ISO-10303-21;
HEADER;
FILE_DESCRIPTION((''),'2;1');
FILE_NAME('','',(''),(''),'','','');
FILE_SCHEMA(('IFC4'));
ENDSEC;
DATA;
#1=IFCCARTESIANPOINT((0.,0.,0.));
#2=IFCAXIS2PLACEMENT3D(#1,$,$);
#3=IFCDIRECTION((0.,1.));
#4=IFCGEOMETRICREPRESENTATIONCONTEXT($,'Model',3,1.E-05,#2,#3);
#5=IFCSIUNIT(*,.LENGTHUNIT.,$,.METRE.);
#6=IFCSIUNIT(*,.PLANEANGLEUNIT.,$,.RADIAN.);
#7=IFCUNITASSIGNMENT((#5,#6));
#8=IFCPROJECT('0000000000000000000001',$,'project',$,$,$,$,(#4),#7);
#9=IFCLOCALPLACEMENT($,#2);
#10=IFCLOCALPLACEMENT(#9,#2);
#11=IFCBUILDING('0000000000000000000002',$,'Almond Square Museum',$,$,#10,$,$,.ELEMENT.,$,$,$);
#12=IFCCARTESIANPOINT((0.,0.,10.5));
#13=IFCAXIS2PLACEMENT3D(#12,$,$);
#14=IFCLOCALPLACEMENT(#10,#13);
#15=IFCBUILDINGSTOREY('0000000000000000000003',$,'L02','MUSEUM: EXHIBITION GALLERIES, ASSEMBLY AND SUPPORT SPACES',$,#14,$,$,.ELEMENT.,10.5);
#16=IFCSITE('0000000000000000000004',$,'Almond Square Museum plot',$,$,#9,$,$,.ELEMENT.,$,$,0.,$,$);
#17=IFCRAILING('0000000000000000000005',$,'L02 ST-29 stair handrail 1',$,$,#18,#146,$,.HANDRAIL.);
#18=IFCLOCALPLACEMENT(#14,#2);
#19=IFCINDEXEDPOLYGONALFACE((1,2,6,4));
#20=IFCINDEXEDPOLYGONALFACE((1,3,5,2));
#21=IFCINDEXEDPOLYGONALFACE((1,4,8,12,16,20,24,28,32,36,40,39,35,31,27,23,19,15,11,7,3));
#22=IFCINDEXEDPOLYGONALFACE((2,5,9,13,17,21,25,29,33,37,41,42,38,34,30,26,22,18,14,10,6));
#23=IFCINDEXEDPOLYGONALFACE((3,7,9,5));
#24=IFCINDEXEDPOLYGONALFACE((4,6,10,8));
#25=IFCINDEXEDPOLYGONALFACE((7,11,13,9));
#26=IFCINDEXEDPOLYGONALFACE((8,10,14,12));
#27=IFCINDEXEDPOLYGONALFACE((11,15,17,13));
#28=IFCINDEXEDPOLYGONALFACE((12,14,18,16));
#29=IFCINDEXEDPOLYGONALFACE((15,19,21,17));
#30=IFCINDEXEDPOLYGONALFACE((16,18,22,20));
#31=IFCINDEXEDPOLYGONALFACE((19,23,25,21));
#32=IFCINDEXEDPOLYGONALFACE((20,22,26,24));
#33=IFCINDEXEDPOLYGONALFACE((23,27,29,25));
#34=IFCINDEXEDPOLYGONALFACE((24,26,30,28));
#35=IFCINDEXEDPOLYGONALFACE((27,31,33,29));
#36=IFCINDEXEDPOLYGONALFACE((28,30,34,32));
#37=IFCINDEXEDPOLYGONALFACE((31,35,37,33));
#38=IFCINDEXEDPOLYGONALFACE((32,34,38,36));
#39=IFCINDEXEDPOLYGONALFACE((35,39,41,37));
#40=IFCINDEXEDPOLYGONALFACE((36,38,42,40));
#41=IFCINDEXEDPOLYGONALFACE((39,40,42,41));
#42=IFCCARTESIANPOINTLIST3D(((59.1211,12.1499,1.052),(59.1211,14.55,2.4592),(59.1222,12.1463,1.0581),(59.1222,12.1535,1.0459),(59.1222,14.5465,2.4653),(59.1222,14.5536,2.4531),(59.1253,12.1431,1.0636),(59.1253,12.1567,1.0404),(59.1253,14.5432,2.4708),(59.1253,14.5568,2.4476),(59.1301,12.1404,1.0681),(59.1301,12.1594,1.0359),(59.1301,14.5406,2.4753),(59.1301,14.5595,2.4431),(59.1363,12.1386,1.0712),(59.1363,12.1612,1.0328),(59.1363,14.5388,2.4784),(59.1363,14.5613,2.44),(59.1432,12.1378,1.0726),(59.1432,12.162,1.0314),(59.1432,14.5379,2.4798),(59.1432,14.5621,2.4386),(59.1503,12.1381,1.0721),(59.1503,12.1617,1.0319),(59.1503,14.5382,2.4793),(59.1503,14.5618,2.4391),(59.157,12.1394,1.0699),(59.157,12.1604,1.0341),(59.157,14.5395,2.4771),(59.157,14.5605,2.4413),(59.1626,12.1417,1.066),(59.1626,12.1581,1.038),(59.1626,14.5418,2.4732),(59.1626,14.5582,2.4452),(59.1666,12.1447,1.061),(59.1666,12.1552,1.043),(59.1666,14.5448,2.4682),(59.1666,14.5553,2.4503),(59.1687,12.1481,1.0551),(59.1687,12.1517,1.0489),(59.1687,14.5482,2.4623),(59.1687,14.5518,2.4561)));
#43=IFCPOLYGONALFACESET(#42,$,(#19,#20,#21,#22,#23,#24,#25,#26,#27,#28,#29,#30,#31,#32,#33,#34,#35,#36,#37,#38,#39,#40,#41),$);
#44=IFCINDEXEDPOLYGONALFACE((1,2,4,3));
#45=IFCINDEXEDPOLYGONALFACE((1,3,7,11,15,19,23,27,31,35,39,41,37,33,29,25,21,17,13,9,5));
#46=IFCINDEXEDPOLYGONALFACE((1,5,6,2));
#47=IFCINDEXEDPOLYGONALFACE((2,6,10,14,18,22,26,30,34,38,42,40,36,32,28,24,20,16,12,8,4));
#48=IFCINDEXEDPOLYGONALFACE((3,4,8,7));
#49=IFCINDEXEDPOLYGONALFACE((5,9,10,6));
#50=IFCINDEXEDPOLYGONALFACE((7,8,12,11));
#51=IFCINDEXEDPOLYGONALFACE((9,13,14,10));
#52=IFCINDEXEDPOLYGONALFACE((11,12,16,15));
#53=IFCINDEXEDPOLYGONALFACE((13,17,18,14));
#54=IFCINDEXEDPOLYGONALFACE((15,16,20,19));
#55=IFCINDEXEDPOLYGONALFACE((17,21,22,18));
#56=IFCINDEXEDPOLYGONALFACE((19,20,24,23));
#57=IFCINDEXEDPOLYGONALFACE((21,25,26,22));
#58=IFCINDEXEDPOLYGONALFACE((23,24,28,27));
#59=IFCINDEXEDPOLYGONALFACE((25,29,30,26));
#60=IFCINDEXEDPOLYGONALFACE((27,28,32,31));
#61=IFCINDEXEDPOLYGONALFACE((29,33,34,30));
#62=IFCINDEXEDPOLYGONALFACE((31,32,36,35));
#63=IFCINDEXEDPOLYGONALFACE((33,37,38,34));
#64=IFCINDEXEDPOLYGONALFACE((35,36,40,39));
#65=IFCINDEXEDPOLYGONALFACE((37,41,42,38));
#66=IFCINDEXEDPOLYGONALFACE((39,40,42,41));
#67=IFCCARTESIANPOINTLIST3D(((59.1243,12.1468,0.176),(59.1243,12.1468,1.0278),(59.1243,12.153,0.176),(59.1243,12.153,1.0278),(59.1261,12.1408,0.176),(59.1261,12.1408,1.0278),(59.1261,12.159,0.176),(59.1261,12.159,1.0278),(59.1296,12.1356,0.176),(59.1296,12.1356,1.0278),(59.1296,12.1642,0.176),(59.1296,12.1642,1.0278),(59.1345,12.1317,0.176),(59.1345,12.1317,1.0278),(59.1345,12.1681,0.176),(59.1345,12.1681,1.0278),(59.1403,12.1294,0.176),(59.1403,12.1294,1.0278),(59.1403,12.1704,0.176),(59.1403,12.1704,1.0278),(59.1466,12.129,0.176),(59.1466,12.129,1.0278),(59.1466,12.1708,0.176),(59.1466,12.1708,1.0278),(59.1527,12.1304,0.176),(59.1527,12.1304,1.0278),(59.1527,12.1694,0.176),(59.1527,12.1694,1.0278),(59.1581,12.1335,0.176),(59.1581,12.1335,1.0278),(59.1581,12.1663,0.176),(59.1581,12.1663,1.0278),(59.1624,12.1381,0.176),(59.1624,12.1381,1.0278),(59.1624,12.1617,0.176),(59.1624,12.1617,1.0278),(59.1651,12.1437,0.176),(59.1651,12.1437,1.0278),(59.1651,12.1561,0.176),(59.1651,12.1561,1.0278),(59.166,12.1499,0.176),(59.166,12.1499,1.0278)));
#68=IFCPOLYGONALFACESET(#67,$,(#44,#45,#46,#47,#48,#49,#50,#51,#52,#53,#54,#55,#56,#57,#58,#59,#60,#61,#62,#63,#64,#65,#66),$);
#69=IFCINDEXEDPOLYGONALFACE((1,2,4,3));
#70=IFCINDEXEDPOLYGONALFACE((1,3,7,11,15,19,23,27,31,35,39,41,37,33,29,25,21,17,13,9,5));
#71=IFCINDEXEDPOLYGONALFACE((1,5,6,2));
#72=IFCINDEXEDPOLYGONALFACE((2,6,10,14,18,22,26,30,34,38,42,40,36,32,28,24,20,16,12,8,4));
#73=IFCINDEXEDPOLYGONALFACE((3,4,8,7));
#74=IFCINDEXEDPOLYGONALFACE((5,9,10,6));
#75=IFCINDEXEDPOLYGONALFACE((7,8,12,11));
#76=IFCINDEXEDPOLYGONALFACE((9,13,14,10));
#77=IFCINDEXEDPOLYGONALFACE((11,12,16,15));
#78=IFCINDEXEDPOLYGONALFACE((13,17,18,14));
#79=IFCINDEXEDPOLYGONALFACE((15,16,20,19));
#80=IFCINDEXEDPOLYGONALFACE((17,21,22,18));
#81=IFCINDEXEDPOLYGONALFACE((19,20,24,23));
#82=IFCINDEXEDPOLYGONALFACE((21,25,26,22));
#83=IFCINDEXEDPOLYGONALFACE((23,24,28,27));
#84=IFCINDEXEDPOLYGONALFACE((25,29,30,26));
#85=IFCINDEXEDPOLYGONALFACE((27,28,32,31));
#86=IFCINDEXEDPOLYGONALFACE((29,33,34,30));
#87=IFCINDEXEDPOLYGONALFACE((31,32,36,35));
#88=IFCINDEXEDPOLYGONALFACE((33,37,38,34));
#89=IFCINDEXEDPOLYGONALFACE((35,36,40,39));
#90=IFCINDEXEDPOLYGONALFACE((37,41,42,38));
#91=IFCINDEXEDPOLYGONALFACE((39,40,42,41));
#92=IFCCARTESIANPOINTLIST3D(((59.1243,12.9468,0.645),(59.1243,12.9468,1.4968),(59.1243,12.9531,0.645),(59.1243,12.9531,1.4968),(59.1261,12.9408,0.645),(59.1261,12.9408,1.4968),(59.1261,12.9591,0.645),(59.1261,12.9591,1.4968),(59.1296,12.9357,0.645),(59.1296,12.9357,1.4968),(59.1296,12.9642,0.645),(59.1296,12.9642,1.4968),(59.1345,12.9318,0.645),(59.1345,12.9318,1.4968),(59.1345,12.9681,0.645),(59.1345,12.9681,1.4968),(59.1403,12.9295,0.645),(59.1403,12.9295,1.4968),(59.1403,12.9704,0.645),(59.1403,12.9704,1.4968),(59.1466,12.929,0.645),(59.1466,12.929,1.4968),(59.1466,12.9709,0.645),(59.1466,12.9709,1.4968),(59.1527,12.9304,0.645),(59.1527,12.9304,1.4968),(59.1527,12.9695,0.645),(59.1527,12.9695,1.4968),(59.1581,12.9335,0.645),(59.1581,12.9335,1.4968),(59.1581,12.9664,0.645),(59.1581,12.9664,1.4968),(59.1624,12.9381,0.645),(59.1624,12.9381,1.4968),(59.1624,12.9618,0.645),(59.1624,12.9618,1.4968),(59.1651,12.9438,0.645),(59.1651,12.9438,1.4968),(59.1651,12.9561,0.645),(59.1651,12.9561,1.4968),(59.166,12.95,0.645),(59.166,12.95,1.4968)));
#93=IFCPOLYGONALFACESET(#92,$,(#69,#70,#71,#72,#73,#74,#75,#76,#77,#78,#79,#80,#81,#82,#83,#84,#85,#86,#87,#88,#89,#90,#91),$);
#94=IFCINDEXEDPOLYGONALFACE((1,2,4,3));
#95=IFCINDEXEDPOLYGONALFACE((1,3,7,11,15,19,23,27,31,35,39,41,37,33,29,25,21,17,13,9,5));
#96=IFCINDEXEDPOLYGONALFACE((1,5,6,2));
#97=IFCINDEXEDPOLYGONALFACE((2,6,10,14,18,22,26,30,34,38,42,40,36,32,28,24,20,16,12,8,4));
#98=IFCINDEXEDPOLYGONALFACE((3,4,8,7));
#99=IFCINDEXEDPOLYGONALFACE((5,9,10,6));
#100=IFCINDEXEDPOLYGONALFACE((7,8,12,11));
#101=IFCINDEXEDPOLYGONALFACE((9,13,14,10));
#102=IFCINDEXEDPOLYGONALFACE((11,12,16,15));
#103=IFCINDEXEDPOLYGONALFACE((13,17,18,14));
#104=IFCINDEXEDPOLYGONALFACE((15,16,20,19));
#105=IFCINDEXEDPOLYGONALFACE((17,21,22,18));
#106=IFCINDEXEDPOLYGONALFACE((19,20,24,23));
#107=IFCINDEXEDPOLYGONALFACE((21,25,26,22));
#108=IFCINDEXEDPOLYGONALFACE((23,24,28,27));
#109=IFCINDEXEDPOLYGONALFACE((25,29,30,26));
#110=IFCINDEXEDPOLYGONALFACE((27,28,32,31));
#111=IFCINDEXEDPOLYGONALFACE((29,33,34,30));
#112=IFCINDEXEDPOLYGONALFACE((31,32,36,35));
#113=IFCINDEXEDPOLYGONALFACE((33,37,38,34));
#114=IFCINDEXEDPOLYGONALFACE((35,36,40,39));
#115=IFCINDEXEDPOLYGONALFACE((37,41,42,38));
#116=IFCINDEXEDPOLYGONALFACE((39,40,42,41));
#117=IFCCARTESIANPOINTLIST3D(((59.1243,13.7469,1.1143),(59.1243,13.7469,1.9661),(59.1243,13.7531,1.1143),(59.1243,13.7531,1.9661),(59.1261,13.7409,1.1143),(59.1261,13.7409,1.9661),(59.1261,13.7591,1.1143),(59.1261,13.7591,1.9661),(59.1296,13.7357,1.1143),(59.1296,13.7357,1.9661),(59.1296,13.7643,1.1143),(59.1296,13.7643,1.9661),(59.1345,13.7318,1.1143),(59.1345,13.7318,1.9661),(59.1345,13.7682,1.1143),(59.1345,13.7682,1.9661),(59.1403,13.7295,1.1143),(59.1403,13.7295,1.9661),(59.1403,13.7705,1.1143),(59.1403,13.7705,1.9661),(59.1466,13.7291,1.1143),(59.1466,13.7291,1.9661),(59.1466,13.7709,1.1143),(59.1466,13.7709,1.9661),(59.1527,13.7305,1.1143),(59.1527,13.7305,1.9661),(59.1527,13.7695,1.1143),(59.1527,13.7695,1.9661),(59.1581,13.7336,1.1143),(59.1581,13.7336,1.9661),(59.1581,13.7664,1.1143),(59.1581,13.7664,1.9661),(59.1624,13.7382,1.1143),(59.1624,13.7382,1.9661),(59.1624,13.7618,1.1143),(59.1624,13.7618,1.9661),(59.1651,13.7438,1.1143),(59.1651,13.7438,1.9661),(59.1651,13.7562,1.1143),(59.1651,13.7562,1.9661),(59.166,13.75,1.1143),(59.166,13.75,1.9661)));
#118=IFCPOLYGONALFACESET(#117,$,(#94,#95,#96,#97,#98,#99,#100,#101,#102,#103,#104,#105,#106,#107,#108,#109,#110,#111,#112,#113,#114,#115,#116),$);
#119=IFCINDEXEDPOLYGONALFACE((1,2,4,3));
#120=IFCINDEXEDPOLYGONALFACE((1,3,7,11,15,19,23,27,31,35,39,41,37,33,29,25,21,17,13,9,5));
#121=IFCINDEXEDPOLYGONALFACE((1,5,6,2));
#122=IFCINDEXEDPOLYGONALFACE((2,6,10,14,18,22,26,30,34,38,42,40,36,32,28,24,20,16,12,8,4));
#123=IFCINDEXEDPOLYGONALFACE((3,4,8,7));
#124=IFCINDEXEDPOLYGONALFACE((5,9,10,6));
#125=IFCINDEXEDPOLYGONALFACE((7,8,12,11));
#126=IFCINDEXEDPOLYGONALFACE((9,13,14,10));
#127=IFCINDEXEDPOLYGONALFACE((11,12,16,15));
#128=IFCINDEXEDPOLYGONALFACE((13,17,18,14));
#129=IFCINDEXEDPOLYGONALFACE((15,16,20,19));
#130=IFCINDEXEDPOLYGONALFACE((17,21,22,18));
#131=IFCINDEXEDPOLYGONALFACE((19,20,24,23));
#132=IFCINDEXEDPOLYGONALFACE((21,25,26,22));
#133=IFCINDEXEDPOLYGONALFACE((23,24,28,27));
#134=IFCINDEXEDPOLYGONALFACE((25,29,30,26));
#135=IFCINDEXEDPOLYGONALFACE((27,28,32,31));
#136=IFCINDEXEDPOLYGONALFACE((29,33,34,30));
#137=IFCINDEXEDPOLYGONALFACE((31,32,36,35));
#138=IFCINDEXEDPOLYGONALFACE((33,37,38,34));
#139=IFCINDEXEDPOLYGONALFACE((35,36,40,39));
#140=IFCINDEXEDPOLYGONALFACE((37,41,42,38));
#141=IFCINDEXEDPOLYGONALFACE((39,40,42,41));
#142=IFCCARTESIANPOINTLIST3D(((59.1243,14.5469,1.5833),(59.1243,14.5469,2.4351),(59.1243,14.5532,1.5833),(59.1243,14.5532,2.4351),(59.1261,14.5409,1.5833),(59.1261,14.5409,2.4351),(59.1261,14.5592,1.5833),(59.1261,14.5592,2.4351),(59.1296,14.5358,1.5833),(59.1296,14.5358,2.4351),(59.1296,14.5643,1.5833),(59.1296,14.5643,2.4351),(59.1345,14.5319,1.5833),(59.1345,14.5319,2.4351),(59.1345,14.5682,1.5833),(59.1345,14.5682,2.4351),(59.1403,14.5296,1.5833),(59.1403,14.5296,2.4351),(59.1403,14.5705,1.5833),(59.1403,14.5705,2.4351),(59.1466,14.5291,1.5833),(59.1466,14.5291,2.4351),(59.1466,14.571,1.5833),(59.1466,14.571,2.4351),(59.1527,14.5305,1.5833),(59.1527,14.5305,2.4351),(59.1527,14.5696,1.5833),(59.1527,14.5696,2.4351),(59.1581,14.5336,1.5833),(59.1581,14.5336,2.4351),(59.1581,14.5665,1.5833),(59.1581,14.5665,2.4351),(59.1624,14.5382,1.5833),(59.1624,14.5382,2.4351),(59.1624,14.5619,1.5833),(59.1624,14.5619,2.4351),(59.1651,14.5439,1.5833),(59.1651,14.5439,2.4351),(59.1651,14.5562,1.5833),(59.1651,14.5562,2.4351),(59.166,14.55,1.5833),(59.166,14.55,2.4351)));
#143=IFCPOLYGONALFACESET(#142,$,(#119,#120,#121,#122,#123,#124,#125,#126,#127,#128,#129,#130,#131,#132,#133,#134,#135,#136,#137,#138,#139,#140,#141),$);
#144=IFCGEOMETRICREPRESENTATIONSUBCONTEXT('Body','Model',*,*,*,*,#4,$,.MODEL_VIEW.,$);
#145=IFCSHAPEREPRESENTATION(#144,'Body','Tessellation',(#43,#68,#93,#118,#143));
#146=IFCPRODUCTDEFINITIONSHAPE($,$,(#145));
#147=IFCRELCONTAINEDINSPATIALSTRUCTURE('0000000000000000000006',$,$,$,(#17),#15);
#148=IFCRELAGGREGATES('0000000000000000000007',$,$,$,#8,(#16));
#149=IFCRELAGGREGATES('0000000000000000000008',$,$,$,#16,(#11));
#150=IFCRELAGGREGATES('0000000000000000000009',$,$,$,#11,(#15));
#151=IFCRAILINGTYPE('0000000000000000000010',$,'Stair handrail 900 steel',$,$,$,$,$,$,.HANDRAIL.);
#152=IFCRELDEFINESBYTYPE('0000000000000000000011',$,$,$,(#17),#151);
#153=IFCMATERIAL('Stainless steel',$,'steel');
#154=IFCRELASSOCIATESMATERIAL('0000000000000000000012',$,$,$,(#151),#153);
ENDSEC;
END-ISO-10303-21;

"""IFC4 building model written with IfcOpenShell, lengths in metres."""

from ifc_helpers import new_model, si_unit, direction, frame, origin, origin_2d, place, context, subcontext, project, spatial, circle, extrude, material, type_object, element, save


model = new_model("IFC4")

# Units and contexts
model_context = context("Model", 3, precision=1e-05, world=origin(), true_north=direction((0.0, 1.0)))
body_context = subcontext(model_context, "Body", "Model", "MODEL_VIEW")
ifc_project = project(units=[si_unit("LENGTHUNIT", "METRE"), si_unit("PLANEANGLEUNIT", "RADIAN")], contexts=[model_context])

# Site, building, storey
site_placement = place(None, origin())
site = spatial("IfcSite", under=ifc_project, at=site_placement, Name="Almond Square Museum plot", CompositionType="ELEMENT", RefElevation=0.0)
building_placement = place(site_placement, origin())
building = spatial("IfcBuilding", under=site, at=building_placement, Name="Almond Square Museum", CompositionType="ELEMENT")
storey_placement = place(building_placement, frame((0.0, 0.0, 10.5)))
storey = spatial("IfcBuildingStorey", under=building, at=storey_placement, Name="L02", Description="MUSEUM: EXHIBITION GALLERIES, ASSEMBLY AND SUPPORT SPACES", CompositionType="ELEMENT", Elevation=10.5)

# Railing
ifc_material_1 = material(Name="Stainless steel", Category="steel")
railing_type_1 = type_object("IfcRailingType", Name="Stair handrail 900 steel", PredefinedType="HANDRAIL", material=ifc_material_1)
railing_1_placement = place(storey_placement, frame((59.145, 12.1499, 0.176)))
element("IfcRailing", 1, at=railing_1_placement, inside=storey, type_object=railing_type_1, Name="L02 ST-29 stair handrail 1", PredefinedType="HANDRAIL", context=body_context, shape_type="SweptSolid", body=[
    extrude(circle(Radius=0.0239, at=origin_2d()), frame((0.0, 0.0, 0.876), z_axis=(0.0, 0.86266, 0.505785), x_axis=(-1.0, 0.0, 0.0)), (0.0, 0.0, 1.0), 2.7822),
    extrude(circle(Radius=0.021, at=origin_2d()), origin(), (0.0, 0.0, 1.0), 0.8518),
    extrude(circle(Radius=0.021, at=origin_2d()), frame((0.0, 0.8, 0.469)), (0.0, 0.0, 1.0), 0.8518),
    extrude(circle(Radius=0.021, at=origin_2d()), frame((0.0, 1.6001, 0.9382)), (0.0, 0.0, 1.0), 0.8518),
    extrude(circle(Radius=0.021, at=origin_2d()), frame((0.0, 2.4001, 1.4072)), (0.0, 0.0, 1.0), 0.8518),
])

save(model, "model.ifc")
